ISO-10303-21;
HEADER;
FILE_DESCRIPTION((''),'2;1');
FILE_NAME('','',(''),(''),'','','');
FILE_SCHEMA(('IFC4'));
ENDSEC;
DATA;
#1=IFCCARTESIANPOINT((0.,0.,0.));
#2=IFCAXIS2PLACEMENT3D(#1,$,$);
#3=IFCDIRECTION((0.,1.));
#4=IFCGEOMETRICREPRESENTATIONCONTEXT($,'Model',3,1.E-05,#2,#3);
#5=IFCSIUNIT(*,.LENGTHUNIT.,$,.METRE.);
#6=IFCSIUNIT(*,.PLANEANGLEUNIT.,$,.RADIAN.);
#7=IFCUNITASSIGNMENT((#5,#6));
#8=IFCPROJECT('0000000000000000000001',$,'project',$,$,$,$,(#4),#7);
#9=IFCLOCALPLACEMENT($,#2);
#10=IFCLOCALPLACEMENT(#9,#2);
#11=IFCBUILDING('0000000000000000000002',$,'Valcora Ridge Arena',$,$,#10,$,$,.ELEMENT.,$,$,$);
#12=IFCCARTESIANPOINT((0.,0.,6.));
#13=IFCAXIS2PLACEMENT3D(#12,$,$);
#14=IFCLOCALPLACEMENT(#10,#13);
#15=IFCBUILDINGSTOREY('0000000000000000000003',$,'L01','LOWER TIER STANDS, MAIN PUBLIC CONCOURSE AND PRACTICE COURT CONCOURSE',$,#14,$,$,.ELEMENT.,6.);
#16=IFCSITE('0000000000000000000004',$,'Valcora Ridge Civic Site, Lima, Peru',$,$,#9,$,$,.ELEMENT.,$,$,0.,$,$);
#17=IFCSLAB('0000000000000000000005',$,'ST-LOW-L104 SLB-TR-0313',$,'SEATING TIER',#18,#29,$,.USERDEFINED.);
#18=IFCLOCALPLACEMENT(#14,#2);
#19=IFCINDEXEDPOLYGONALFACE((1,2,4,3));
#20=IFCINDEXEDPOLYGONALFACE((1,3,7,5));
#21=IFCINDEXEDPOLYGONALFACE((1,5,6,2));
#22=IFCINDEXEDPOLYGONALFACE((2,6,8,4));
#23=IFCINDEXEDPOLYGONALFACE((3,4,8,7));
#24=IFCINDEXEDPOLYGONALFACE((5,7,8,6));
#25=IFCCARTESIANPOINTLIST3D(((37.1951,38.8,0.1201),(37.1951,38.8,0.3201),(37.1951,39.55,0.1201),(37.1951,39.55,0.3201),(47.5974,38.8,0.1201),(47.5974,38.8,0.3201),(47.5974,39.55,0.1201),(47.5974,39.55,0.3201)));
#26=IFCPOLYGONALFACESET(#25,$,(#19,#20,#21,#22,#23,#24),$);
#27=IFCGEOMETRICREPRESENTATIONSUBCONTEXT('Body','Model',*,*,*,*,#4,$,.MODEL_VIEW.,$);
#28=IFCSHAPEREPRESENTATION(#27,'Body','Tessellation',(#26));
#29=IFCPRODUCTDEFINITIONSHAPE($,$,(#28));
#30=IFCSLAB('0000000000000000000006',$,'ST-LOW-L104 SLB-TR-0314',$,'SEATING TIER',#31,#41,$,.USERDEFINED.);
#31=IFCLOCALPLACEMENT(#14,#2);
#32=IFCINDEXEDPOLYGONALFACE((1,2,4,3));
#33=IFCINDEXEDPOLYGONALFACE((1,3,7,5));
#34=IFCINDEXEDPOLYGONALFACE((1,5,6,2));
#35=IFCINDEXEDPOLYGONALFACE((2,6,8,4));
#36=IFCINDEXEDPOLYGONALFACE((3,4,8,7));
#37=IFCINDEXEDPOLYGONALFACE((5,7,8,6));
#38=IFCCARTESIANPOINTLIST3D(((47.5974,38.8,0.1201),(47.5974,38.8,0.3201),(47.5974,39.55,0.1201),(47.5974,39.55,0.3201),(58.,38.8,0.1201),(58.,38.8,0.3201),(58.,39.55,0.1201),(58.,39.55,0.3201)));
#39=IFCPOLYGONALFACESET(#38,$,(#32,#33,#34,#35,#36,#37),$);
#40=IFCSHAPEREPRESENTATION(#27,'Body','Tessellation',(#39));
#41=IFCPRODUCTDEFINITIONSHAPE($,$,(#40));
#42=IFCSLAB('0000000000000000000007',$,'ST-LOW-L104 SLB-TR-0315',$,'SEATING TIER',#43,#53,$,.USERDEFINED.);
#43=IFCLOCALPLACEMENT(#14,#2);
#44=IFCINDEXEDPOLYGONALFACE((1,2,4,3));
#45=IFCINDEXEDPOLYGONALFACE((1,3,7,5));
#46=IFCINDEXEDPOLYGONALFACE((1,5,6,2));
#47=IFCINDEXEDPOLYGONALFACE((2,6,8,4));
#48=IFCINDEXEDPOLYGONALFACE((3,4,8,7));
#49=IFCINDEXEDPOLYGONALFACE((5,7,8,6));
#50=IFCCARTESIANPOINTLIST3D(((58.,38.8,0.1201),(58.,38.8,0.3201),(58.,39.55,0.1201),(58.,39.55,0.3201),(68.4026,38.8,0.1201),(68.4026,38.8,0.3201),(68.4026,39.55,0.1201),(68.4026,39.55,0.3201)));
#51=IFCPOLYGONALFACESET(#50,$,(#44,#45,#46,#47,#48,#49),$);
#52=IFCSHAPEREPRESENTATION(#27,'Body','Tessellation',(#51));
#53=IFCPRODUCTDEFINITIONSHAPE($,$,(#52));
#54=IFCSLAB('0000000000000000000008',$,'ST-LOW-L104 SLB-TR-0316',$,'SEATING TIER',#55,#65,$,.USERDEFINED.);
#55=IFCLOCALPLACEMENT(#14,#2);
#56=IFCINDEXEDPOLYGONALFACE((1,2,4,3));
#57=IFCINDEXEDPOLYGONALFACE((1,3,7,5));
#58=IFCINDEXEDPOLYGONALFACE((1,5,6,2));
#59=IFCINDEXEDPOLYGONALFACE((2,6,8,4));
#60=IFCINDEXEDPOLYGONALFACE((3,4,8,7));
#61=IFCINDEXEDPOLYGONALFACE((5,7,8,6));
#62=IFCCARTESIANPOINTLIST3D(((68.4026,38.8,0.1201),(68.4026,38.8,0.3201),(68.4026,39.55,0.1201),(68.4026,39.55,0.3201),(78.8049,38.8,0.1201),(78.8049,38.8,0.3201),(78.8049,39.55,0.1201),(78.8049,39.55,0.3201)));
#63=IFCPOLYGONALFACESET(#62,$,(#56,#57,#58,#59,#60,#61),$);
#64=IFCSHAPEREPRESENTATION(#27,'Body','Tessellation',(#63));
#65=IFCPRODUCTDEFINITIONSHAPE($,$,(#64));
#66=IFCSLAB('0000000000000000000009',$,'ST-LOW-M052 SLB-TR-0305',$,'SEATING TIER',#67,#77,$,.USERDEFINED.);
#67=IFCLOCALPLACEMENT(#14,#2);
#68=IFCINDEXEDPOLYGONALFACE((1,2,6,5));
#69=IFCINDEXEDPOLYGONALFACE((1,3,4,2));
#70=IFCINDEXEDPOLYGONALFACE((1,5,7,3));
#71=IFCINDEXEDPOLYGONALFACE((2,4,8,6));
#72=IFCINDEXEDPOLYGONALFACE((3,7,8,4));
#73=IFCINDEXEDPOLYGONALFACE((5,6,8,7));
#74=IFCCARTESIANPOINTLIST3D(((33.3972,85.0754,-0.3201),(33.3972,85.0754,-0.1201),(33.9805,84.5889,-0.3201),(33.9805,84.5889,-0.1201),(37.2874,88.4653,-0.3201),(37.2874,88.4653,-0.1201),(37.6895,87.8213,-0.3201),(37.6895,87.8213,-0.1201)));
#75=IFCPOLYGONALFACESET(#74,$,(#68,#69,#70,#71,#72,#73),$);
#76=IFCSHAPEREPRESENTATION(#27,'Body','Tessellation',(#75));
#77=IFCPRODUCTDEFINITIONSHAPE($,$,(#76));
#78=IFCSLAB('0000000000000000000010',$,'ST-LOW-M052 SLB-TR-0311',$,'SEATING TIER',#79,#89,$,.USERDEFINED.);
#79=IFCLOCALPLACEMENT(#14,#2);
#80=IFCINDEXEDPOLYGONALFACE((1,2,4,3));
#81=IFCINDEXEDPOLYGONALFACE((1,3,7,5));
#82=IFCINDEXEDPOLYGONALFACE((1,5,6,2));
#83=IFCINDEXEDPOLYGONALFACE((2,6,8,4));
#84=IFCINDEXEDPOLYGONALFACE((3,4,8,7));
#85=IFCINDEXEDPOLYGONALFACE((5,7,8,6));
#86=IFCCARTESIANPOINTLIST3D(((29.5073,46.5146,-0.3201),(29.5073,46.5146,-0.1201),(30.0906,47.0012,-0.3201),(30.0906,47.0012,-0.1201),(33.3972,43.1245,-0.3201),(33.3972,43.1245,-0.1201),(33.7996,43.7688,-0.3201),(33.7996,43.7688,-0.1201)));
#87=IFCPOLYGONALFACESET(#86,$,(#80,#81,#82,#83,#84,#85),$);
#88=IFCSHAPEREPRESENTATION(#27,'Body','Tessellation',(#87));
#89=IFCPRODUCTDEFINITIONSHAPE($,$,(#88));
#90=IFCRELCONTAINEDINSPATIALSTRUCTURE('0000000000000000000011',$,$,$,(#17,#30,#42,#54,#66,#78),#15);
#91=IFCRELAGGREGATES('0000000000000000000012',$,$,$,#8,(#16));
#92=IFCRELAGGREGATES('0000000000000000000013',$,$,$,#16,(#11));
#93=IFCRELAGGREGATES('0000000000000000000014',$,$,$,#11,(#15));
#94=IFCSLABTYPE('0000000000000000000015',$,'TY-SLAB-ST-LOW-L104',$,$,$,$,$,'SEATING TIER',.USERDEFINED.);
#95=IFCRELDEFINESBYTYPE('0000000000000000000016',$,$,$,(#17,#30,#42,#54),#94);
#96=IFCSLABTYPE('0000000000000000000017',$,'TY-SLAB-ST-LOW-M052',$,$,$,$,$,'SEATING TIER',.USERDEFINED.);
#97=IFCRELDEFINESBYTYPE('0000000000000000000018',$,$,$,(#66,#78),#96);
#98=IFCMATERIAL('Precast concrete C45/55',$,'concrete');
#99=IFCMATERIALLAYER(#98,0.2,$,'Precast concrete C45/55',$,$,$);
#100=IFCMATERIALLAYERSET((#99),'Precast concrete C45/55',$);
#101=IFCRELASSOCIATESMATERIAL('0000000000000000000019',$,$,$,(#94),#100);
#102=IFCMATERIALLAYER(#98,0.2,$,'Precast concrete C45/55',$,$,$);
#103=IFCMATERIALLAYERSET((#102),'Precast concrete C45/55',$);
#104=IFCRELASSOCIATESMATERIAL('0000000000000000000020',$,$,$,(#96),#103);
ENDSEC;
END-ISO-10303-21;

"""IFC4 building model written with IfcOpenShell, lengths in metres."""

from ifc_helpers import new_model, si_unit, direction, frame, origin, place, context, subcontext, project, spatial, polyline, outline, extrude, material, layer, layer_set, type_object, element, save


model = new_model("IFC4")

# Units and contexts
model_context = context("Model", 3, precision=1e-05, world=origin(), true_north=direction((0.0, 1.0)))
body_context = subcontext(model_context, "Body", "Model", "MODEL_VIEW")
ifc_project = project(units=[si_unit("LENGTHUNIT", "METRE"), si_unit("PLANEANGLEUNIT", "RADIAN")], contexts=[model_context])

# Site, building, storey
site_placement = place(None, origin())
site = spatial("IfcSite", under=ifc_project, at=site_placement, Name="Valcora Ridge Civic Site, Lima, Peru", CompositionType="ELEMENT", RefElevation=0.0)
building_placement = place(site_placement, origin())
building = spatial("IfcBuilding", under=site, at=building_placement, Name="Valcora Ridge Arena", CompositionType="ELEMENT")
storey_placement = place(building_placement, frame((0.0, 0.0, 6.0)))
storey = spatial("IfcBuildingStorey", under=building, at=storey_placement, Name="L01", Description="LOWER TIER STANDS, MAIN PUBLIC CONCOURSE AND PRACTICE COURT CONCOURSE", CompositionType="ELEMENT", Elevation=6.0)

# Slabs
ifc_material = material(Name="Precast concrete C45/55", Category="concrete")
ifc_layer_1 = layer(ifc_material, 0.2, Name="Precast concrete C45/55")
ifc_layer_set_1 = layer_set([ifc_layer_1], Name="Precast concrete C45/55")
slab_type_1 = type_object("IfcSlabType", Name="TY-SLAB-ST-LOW-L104", ElementType="SEATING TIER", PredefinedType="USERDEFINED", material=ifc_layer_set_1)
slab_1_placement = place(storey_placement, frame((0.0, 0.0, 0.1201)))
element("IfcSlab", 1, at=slab_1_placement, inside=storey, type_object=slab_type_1, Name="ST-LOW-L104 SLB-TR-0313", ObjectType="SEATING TIER", PredefinedType="USERDEFINED", context=body_context, shape_type="SweptSolid", body=[
    extrude(outline(polyline([(37.1951, 39.55), (47.5974, 39.55), (47.5974, 38.8), (37.1951, 38.8), (37.1951, 39.55)])), origin(), (0.0, 0.0, 1.0), 0.2),
])
slab_2_placement = place(storey_placement, frame((0.0, 0.0, 0.1201)))
element("IfcSlab", 2, at=slab_2_placement, inside=storey, type_object=slab_type_1, Name="ST-LOW-L104 SLB-TR-0314", ObjectType="SEATING TIER", PredefinedType="USERDEFINED", context=body_context, shape_type="SweptSolid", body=[
    extrude(outline(polyline([(47.5974, 39.55), (58.0, 39.55), (58.0, 38.8), (47.5974, 38.8), (47.5974, 39.55)])), origin(), (0.0, 0.0, 1.0), 0.2),
])
slab_3_placement = place(storey_placement, frame((0.0, 0.0, 0.1201)))
element("IfcSlab", 3, at=slab_3_placement, inside=storey, type_object=slab_type_1, Name="ST-LOW-L104 SLB-TR-0315", ObjectType="SEATING TIER", PredefinedType="USERDEFINED", context=body_context, shape_type="SweptSolid", body=[
    extrude(outline(polyline([(58.0, 39.55), (68.4026, 39.55), (68.4026, 38.8), (58.0, 38.8), (58.0, 39.55)])), origin(), (0.0, 0.0, 1.0), 0.2),
])
slab_4_placement = place(storey_placement, frame((0.0, 0.0, 0.1201)))
element("IfcSlab", 4, at=slab_4_placement, inside=storey, type_object=slab_type_1, Name="ST-LOW-L104 SLB-TR-0316", ObjectType="SEATING TIER", PredefinedType="USERDEFINED", context=body_context, shape_type="SweptSolid", body=[
    extrude(outline(polyline([(68.4026, 39.55), (78.8049, 39.55), (78.8049, 38.8), (68.4026, 38.8), (68.4026, 39.55)])), origin(), (0.0, 0.0, 1.0), 0.2),
])
ifc_layer_2 = layer(ifc_material, 0.2, Name="Precast concrete C45/55")
ifc_layer_set_2 = layer_set([ifc_layer_2], Name="Precast concrete C45/55")
slab_type_2 = type_object("IfcSlabType", Name="TY-SLAB-ST-LOW-M052", ElementType="SEATING TIER", PredefinedType="USERDEFINED", material=ifc_layer_set_2)
slab_5_placement = place(storey_placement, frame((0.0, 0.0, -0.3201)))
element("IfcSlab", 5, at=slab_5_placement, inside=storey, type_object=slab_type_2, Name="ST-LOW-M052 SLB-TR-0305", ObjectType="SEATING TIER", PredefinedType="USERDEFINED", context=body_context, shape_type="SweptSolid", body=[
    extrude(outline(polyline([(37.6895, 87.8213), (33.9805, 84.5889), (33.3972, 85.0754), (37.2874, 88.4653), (37.6895, 87.8213)])), origin(), (0.0, 0.0, 1.0), 0.2),
])
slab_6_placement = place(storey_placement, frame((0.0, 0.0, -0.3201)))
element("IfcSlab", 6, at=slab_6_placement, inside=storey, type_object=slab_type_2, Name="ST-LOW-M052 SLB-TR-0311", ObjectType="SEATING TIER", PredefinedType="USERDEFINED", context=body_context, shape_type="SweptSolid", body=[
    extrude(outline(polyline([(30.0906, 47.0012), (33.7996, 43.7688), (33.3972, 43.1245), (29.5073, 46.5146), (30.0906, 47.0012)])), origin(), (0.0, 0.0, 1.0), 0.2),
])

save(model, "model.ifc")
